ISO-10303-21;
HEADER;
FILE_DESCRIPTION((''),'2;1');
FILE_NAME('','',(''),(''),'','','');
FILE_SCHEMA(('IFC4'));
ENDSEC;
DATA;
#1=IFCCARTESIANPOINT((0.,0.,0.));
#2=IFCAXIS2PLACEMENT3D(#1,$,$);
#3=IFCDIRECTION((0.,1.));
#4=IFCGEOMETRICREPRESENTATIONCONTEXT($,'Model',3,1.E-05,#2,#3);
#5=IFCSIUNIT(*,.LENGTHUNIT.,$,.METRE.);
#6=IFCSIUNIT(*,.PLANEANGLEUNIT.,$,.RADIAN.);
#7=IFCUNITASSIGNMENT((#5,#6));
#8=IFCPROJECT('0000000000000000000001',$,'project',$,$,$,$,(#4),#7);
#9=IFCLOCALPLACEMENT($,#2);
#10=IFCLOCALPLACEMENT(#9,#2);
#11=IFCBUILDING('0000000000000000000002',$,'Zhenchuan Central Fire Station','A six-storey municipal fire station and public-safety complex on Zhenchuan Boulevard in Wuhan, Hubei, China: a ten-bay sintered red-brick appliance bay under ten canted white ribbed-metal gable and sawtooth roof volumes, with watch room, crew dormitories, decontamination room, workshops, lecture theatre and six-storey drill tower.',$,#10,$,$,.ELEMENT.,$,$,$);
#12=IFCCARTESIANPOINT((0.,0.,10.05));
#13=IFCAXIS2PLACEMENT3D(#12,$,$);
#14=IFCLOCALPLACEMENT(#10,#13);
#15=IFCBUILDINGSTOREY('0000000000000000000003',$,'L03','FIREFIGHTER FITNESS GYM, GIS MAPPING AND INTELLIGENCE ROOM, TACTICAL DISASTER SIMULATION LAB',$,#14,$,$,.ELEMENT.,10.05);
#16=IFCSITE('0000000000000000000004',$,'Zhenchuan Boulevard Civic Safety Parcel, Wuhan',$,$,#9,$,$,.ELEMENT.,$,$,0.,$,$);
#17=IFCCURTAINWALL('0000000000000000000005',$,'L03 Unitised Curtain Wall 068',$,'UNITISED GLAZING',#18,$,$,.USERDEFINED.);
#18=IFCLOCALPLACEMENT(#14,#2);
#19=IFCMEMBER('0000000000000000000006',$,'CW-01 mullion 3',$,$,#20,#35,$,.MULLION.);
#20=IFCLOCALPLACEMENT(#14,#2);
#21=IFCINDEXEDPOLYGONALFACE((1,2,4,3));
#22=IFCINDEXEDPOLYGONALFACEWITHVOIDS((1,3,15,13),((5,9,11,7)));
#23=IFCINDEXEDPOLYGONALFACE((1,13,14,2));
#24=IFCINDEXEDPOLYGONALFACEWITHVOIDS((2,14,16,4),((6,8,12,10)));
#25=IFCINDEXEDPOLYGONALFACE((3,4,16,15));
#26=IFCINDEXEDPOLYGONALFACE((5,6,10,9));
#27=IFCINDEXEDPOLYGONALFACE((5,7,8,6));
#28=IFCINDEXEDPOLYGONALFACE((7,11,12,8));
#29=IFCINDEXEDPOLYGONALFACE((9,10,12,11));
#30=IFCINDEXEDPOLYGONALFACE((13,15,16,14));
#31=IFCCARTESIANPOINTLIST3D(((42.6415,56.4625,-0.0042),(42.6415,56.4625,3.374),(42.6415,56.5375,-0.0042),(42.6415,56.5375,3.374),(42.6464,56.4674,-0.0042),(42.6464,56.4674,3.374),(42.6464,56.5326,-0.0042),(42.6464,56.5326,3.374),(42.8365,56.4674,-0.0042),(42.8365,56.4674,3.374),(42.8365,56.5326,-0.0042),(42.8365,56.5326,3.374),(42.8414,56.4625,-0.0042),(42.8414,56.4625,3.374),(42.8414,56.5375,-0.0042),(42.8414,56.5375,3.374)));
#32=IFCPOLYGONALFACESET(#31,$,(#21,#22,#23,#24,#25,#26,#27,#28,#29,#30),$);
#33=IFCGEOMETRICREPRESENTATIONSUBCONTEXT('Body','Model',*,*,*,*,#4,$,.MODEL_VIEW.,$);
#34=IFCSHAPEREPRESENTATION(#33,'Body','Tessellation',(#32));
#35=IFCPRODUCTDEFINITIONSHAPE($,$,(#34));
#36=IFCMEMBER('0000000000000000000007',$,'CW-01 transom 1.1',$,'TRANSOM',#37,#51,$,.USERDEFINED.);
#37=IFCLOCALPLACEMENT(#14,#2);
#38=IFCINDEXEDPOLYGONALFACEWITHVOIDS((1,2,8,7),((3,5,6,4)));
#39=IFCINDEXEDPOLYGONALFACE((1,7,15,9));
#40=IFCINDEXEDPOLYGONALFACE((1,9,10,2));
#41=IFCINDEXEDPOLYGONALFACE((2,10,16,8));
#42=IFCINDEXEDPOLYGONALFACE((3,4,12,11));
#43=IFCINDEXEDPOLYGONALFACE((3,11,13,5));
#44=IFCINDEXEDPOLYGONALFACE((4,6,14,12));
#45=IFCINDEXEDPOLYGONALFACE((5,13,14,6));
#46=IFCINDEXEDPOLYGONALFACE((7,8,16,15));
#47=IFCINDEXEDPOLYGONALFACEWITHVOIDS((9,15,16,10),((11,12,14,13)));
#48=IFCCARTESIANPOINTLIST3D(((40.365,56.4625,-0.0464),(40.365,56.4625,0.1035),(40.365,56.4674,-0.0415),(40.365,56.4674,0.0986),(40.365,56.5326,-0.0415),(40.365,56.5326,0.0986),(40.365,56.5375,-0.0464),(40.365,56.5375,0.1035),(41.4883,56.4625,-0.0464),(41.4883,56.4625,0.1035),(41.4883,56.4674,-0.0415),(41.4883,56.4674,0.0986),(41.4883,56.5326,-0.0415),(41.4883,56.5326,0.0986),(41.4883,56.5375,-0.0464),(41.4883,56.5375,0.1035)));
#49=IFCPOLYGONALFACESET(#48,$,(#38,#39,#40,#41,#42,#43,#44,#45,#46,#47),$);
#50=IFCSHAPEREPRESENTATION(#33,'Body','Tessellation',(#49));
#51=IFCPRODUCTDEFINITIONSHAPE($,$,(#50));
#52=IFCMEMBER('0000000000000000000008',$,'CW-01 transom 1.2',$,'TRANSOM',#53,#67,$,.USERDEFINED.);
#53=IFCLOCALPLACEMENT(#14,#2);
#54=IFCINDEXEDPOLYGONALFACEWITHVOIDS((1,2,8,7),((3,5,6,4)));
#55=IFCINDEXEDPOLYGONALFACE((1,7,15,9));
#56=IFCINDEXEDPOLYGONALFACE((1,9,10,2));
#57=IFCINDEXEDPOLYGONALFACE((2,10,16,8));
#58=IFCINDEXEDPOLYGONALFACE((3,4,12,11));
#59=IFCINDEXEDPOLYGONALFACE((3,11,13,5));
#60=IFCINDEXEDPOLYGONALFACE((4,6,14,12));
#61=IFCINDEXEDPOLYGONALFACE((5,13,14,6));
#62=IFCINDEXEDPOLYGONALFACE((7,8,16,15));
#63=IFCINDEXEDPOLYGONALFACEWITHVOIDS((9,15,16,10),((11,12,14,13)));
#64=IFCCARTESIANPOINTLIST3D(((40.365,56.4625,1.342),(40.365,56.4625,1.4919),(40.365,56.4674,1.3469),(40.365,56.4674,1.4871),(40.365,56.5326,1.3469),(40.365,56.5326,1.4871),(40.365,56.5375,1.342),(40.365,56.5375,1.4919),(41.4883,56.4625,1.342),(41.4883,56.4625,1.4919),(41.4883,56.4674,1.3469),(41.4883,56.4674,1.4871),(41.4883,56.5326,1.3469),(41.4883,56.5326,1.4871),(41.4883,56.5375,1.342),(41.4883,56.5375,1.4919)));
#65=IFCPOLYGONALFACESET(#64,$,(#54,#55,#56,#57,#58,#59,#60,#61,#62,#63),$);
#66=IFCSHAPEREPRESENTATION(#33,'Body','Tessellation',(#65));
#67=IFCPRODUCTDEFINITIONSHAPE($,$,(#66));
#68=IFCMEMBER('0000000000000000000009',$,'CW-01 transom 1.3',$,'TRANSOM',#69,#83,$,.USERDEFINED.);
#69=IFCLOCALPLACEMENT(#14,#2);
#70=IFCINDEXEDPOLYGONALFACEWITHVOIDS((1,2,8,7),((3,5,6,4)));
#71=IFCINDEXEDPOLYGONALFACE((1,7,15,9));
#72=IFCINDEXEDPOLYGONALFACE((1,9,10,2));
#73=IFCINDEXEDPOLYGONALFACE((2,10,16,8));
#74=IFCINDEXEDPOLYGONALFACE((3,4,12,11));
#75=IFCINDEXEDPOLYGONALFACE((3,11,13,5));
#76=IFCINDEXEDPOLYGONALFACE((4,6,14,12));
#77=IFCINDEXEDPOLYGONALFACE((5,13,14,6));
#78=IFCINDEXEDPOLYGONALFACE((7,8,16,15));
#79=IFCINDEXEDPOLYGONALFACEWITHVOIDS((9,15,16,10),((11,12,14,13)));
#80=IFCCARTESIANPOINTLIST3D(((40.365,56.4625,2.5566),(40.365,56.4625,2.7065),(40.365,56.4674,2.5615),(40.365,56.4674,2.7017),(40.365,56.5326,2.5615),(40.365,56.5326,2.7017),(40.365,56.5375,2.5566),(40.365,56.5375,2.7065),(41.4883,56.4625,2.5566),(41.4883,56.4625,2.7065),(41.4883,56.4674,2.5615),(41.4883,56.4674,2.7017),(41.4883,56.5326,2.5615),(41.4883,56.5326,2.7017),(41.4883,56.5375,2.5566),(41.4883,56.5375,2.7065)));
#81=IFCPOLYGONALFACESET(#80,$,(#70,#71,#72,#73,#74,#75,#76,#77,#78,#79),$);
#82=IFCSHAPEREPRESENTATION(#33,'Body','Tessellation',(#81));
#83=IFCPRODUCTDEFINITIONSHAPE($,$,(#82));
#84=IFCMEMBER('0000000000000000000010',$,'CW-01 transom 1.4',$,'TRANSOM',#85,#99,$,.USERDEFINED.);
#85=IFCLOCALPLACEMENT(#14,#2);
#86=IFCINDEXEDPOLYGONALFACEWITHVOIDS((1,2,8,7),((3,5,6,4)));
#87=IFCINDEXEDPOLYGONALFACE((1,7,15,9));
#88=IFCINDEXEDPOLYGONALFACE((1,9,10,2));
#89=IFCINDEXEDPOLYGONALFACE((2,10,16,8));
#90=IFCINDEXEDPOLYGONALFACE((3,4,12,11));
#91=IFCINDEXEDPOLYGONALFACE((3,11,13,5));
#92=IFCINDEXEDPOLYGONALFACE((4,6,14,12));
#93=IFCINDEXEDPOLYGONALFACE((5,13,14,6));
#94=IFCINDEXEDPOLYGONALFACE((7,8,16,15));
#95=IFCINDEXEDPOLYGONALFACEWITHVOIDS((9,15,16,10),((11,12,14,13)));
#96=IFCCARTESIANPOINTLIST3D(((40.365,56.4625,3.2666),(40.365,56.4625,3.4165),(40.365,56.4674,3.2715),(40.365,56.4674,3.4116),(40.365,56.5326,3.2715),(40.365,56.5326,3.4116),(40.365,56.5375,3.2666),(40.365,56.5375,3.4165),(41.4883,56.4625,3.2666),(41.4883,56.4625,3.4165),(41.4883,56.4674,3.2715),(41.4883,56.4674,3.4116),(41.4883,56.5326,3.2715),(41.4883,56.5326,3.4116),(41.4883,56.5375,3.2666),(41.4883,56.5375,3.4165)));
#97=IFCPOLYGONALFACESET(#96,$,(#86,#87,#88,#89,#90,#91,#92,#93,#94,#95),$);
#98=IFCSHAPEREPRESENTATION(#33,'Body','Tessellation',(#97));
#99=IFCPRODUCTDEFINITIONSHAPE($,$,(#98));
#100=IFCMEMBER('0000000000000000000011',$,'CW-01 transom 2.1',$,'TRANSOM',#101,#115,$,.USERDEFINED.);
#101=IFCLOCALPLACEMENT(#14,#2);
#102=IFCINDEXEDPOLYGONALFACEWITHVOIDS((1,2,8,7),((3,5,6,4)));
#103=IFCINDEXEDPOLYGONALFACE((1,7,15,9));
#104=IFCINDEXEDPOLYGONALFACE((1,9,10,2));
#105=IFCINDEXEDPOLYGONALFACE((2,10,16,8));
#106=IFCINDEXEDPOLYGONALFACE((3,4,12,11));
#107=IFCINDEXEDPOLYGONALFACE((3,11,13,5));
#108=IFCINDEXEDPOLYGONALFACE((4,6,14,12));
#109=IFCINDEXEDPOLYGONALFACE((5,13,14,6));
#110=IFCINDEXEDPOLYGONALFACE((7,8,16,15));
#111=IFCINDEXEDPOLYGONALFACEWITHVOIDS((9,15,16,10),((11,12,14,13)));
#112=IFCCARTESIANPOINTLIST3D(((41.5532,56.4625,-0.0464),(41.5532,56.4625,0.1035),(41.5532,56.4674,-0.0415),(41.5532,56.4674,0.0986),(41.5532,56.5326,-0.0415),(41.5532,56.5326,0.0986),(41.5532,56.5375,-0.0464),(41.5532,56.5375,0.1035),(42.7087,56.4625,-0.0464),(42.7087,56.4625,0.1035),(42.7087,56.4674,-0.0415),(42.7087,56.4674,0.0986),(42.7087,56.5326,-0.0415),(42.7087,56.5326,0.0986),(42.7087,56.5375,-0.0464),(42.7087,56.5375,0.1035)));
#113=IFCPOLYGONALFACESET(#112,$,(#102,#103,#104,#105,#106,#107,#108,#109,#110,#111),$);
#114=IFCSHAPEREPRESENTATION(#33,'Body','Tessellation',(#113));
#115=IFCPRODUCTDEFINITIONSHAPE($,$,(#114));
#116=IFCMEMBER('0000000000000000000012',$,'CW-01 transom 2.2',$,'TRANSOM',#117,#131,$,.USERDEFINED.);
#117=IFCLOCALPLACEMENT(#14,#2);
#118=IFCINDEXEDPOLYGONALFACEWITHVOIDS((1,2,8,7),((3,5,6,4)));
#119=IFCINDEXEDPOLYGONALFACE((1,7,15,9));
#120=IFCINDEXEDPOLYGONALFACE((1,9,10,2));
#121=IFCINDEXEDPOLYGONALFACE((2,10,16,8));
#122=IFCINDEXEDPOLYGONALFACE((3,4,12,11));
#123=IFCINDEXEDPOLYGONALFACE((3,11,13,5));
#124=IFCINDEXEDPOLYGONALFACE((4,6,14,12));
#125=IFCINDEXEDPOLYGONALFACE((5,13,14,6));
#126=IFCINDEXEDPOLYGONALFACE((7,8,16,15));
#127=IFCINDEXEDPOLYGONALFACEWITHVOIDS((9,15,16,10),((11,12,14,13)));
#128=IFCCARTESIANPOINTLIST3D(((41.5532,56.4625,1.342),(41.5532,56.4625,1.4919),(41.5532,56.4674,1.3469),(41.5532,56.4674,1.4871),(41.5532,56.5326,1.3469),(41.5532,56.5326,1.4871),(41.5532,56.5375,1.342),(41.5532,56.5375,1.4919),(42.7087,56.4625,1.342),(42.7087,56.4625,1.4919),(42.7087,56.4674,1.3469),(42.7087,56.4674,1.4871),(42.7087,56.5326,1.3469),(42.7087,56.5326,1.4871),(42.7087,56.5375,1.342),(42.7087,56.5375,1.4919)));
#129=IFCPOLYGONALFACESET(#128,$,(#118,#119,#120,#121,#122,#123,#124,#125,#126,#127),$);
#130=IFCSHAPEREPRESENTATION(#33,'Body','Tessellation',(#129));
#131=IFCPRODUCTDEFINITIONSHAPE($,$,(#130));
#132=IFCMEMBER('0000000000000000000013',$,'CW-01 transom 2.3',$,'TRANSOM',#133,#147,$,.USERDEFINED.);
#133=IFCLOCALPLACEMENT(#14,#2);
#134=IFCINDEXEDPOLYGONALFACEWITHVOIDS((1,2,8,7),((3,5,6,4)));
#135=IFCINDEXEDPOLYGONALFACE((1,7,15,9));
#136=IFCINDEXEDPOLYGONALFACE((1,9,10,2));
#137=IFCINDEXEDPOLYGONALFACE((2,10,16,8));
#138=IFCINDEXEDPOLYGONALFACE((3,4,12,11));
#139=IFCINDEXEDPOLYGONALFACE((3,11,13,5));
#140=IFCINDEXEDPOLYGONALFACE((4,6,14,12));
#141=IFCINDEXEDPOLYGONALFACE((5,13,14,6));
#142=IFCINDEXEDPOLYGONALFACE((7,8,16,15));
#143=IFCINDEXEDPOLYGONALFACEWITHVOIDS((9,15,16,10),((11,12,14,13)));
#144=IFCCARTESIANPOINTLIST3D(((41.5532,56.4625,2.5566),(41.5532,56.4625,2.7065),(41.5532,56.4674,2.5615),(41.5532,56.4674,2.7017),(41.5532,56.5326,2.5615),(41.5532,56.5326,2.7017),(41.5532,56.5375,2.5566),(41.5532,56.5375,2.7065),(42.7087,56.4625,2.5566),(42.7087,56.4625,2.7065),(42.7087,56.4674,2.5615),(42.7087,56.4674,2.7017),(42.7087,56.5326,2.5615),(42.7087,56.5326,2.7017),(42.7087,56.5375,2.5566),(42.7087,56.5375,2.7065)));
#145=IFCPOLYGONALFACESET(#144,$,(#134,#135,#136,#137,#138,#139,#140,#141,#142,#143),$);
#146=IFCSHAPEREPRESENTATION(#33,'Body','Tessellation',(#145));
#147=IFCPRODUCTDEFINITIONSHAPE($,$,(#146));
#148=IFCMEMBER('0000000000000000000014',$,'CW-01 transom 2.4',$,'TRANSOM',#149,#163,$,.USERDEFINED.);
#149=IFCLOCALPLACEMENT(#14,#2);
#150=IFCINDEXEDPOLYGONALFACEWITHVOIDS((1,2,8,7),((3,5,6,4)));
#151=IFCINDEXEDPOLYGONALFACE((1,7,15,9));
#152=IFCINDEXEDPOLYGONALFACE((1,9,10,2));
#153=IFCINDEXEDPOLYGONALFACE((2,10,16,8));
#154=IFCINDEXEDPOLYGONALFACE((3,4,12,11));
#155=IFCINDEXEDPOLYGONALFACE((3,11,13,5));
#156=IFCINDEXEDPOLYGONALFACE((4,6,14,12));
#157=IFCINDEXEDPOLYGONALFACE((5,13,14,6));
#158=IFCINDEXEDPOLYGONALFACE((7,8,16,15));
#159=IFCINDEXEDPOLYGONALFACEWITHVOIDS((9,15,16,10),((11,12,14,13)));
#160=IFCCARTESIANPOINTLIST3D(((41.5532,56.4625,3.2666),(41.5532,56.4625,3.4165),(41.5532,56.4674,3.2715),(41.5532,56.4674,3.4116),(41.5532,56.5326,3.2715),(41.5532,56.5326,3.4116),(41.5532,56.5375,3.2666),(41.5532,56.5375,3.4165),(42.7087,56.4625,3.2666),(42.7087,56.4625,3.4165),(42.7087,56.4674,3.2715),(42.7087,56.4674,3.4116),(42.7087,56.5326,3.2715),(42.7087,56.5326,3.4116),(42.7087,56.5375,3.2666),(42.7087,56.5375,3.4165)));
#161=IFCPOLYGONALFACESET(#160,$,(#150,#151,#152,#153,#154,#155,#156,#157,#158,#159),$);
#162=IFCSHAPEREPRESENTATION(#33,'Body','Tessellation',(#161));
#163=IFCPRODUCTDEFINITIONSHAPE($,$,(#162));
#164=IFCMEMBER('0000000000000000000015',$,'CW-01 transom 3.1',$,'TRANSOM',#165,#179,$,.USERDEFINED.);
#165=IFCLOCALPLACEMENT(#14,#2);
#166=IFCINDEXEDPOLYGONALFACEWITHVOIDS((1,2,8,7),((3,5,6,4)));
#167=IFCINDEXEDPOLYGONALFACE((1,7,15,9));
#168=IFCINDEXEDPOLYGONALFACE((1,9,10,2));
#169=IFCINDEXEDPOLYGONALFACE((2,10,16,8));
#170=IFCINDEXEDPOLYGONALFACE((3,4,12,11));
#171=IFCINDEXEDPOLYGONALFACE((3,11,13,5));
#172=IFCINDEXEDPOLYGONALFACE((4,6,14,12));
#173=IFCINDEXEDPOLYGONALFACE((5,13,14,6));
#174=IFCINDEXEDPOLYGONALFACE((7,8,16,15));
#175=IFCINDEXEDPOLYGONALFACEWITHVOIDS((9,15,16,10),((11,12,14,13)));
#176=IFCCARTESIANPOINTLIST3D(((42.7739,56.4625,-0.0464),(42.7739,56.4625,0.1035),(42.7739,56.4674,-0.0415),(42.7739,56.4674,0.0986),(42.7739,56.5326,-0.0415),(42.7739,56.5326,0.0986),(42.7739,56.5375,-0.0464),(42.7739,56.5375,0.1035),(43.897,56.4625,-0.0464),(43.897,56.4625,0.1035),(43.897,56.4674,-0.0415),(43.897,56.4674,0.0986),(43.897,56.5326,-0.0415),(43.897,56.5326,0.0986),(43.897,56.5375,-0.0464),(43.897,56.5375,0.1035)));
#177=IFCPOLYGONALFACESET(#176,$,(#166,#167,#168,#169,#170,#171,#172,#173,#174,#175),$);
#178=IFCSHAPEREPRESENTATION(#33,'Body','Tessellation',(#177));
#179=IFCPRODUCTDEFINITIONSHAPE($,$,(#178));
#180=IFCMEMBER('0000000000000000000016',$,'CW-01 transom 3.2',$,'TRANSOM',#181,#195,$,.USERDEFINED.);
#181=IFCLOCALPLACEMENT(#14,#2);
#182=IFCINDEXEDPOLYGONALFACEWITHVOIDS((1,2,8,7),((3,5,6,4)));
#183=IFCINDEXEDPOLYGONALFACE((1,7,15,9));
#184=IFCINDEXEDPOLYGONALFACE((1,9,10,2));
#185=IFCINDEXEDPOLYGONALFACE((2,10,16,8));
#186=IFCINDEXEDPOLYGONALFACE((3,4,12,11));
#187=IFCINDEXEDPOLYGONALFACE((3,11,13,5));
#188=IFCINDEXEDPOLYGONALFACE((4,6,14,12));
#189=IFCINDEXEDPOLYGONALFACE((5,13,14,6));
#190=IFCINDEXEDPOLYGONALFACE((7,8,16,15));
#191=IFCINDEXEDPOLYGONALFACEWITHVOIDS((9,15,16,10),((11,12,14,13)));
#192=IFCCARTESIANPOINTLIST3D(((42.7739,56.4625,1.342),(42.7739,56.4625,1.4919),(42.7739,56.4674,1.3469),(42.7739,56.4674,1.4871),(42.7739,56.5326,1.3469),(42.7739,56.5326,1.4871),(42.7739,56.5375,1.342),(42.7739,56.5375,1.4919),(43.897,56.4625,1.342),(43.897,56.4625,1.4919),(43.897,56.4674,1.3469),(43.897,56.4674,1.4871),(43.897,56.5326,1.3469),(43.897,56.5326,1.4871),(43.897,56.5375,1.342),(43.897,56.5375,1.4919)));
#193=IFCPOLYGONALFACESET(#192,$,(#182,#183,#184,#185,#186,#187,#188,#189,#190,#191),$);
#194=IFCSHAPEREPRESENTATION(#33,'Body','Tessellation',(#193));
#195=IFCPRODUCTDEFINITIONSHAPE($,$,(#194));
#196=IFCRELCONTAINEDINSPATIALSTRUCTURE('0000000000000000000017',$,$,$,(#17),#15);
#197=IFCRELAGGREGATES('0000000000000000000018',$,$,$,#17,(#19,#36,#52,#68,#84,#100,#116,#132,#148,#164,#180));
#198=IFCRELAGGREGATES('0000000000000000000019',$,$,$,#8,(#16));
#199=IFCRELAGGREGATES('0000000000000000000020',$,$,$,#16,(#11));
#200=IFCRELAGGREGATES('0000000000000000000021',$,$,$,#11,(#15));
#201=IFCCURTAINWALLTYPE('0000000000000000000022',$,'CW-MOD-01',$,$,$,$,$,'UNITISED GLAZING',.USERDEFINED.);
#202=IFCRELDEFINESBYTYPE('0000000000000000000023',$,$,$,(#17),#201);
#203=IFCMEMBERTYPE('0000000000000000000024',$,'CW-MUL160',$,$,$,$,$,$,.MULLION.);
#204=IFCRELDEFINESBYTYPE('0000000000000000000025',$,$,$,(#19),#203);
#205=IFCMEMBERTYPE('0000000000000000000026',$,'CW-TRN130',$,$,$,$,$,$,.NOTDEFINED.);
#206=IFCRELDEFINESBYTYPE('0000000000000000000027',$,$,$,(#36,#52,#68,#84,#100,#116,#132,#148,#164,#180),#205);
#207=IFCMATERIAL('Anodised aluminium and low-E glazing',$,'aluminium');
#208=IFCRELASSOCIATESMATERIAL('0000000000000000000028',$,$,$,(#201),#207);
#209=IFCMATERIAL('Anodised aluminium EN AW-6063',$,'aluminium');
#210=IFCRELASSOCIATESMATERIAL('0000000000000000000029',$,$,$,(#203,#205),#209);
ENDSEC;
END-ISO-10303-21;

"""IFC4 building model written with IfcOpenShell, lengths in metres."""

from ifc_helpers import new_model, si_unit, direction, frame, origin, origin_2d, place, context, subcontext, project, spatial, hollow_rectangle, extrude, material, material_profile, profile_set, type_object, element, aggregate, save


model = new_model("IFC4")

# Units and contexts
model_context = context("Model", 3, precision=1e-05, world=origin(), true_north=direction((0.0, 1.0)))
body_context = subcontext(model_context, "Body", "Model", "MODEL_VIEW")
ifc_project = project(units=[si_unit("LENGTHUNIT", "METRE"), si_unit("PLANEANGLEUNIT", "RADIAN")], contexts=[model_context])

# Site, building, storey
site_placement = place(None, origin())
site = spatial("IfcSite", under=ifc_project, at=site_placement, Name="Zhenchuan Boulevard Civic Safety Parcel, Wuhan", CompositionType="ELEMENT", RefElevation=0.0)
building_placement = place(site_placement, origin())
building = spatial("IfcBuilding", under=site, at=building_placement, Name="Zhenchuan Central Fire Station", Description="A six-storey municipal fire station and public-safety complex on Zhenchuan Boulevard in Wuhan, Hubei, China: a ten-bay sintered red-brick appliance bay under ten canted white ribbed-metal gable and sawtooth roof volumes, with watch room, crew dormitories, decontamination room, workshops, lecture theatre and six-storey drill tower.", CompositionType="ELEMENT")
storey_placement = place(building_placement, frame((0.0, 0.0, 10.05)))
storey = spatial("IfcBuildingStorey", under=building, at=storey_placement, Name="L03", Description="FIREFIGHTER FITNESS GYM, GIS MAPPING AND INTELLIGENCE ROOM, TACTICAL DISASTER SIMULATION LAB", CompositionType="ELEMENT", Elevation=10.05)

# Curtain wall, members
ifc_material_1 = material(Name="Anodised aluminium and low-E glazing", Category="aluminium")
curtain_wall_type = type_object("IfcCurtainWallType", Name="CW-MOD-01", ElementType="UNITISED GLAZING", PredefinedType="USERDEFINED", material=ifc_material_1)
curtain_wall_placement = place(storey_placement, origin())
curtain_wall = element("IfcCurtainWall", 1, at=curtain_wall_placement, inside=storey, type_object=curtain_wall_type, Name="L03 Unitised Curtain Wall 068", ObjectType="UNITISED GLAZING", PredefinedType="USERDEFINED")
ifc_material_2 = material(Name="Anodised aluminium EN AW-6063", Category="aluminium")
ifc_material_profile_1 = material_profile(ifc_material_2, hollow_rectangle(XDim=0.075, YDim=0.2, WallThickness=0.0049, at=origin_2d()), Name="ALU-M 200x75")
ifc_profile_set_1 = profile_set([ifc_material_profile_1], Name="Anodised aluminium EN AW-6063")
member_type_1 = type_object("IfcMemberType", Name="CW-MUL160", PredefinedType="MULLION", material=ifc_profile_set_1)
member_1_placement = place(storey_placement, frame((42.7415, 56.5, -0.0042), z_axis=(0.0, 0.0, 1.0), x_axis=(0.0, 1.0, 0.0)))
member_1 = element("IfcMember", 2, at=member_1_placement, type_object=member_type_1, Name="CW-01 mullion 3", PredefinedType="MULLION", context=body_context, shape_type="SweptSolid", body=[
    extrude(hollow_rectangle(XDim=0.075, YDim=0.2, WallThickness=0.0049, at=origin_2d()), origin(), (0.0, 0.0, 1.0), 3.3782),
])
ifc_material_profile_2 = material_profile(ifc_material_2, hollow_rectangle(XDim=0.075, YDim=0.1499, WallThickness=0.0049, at=origin_2d()), Name="ALU-T 150x75")
ifc_profile_set_2 = profile_set([ifc_material_profile_2], Name="Anodised aluminium EN AW-6063")
member_type_2 = type_object("IfcMemberType", Name="CW-TRN130", PredefinedType="NOTDEFINED", material=ifc_profile_set_2)
member_2_placement = place(storey_placement, frame((40.365, 56.5, 0.0286), z_axis=(1.0, 0.0, 0.0), x_axis=(0.0, 1.0, 0.0)))
member_2 = element("IfcMember", 3, at=member_2_placement, type_object=member_type_2, Name="CW-01 transom 1.1", ObjectType="TRANSOM", PredefinedType="USERDEFINED", context=body_context, shape_type="SweptSolid", body=[
    extrude(hollow_rectangle(XDim=0.075, YDim=0.1499, WallThickness=0.0049, at=origin_2d()), origin(), (0.0, 0.0, 1.0), 1.1233),
])
member_3_placement = place(storey_placement, frame((40.365, 56.5, 1.417), z_axis=(1.0, 0.0, 0.0), x_axis=(0.0, 1.0, 0.0)))
member_3 = element("IfcMember", 4, at=member_3_placement, type_object=member_type_2, Name="CW-01 transom 1.2", ObjectType="TRANSOM", PredefinedType="USERDEFINED", context=body_context, shape_type="SweptSolid", body=[
    extrude(hollow_rectangle(XDim=0.075, YDim=0.1499, WallThickness=0.0049, at=origin_2d()), origin(), (0.0, 0.0, 1.0), 1.1233),
])
member_4_placement = place(storey_placement, frame((40.365, 56.5, 2.6316), z_axis=(1.0, 0.0, 0.0), x_axis=(0.0, 1.0, 0.0)))
member_4 = element("IfcMember", 5, at=member_4_placement, type_object=member_type_2, Name="CW-01 transom 1.3", ObjectType="TRANSOM", PredefinedType="USERDEFINED", context=body_context, shape_type="SweptSolid", body=[
    extrude(hollow_rectangle(XDim=0.075, YDim=0.1499, WallThickness=0.0049, at=origin_2d()), origin(), (0.0, 0.0, 1.0), 1.1233),
])
member_5_placement = place(storey_placement, frame((40.365, 56.5, 3.3416), z_axis=(1.0, 0.0, 0.0), x_axis=(0.0, 1.0, 0.0)))
member_5 = element("IfcMember", 6, at=member_5_placement, type_object=member_type_2, Name="CW-01 transom 1.4", ObjectType="TRANSOM", PredefinedType="USERDEFINED", context=body_context, shape_type="SweptSolid", body=[
    extrude(hollow_rectangle(XDim=0.075, YDim=0.1499, WallThickness=0.0049, at=origin_2d()), origin(), (0.0, 0.0, 1.0), 1.1233),
])
member_6_placement = place(storey_placement, frame((41.5532, 56.5, 0.0286), z_axis=(1.0, 0.0, 0.0), x_axis=(0.0, 1.0, 0.0)))
member_6 = element("IfcMember", 7, at=member_6_placement, type_object=member_type_2, Name="CW-01 transom 2.1", ObjectType="TRANSOM", PredefinedType="USERDEFINED", context=body_context, shape_type="SweptSolid", body=[
    extrude(hollow_rectangle(XDim=0.075, YDim=0.1499, WallThickness=0.0049, at=origin_2d()), origin(), (0.0, 0.0, 1.0), 1.1555),
])
member_7_placement = place(storey_placement, frame((41.5532, 56.5, 1.417), z_axis=(1.0, 0.0, 0.0), x_axis=(0.0, 1.0, 0.0)))
member_7 = element("IfcMember", 8, at=member_7_placement, type_object=member_type_2, Name="CW-01 transom 2.2", ObjectType="TRANSOM", PredefinedType="USERDEFINED", context=body_context, shape_type="SweptSolid", body=[
    extrude(hollow_rectangle(XDim=0.075, YDim=0.1499, WallThickness=0.0049, at=origin_2d()), origin(), (0.0, 0.0, 1.0), 1.1555),
])
member_8_placement = place(storey_placement, frame((41.5532, 56.5, 2.6316), z_axis=(1.0, 0.0, 0.0), x_axis=(0.0, 1.0, 0.0)))
member_8 = element("IfcMember", 9, at=member_8_placement, type_object=member_type_2, Name="CW-01 transom 2.3", ObjectType="TRANSOM", PredefinedType="USERDEFINED", context=body_context, shape_type="SweptSolid", body=[
    extrude(hollow_rectangle(XDim=0.075, YDim=0.1499, WallThickness=0.0049, at=origin_2d()), origin(), (0.0, 0.0, 1.0), 1.1555),
])
member_9_placement = place(storey_placement, frame((41.5532, 56.5, 3.3416), z_axis=(1.0, 0.0, 0.0), x_axis=(0.0, 1.0, 0.0)))
member_9 = element("IfcMember", 10, at=member_9_placement, type_object=member_type_2, Name="CW-01 transom 2.4", ObjectType="TRANSOM", PredefinedType="USERDEFINED", context=body_context, shape_type="SweptSolid", body=[
    extrude(hollow_rectangle(XDim=0.075, YDim=0.1499, WallThickness=0.0049, at=origin_2d()), origin(), (0.0, 0.0, 1.0), 1.1555),
])
member_10_placement = place(storey_placement, frame((42.7739, 56.5, 0.0286), z_axis=(1.0, 0.0, 0.0), x_axis=(0.0, 1.0, 0.0)))
member_10 = element("IfcMember", 11, at=member_10_placement, type_object=member_type_2, Name="CW-01 transom 3.1", ObjectType="TRANSOM", PredefinedType="USERDEFINED", context=body_context, shape_type="SweptSolid", body=[
    extrude(hollow_rectangle(XDim=0.075, YDim=0.1499, WallThickness=0.0049, at=origin_2d()), origin(), (0.0, 0.0, 1.0), 1.123),
])
member_11_placement = place(storey_placement, frame((42.7739, 56.5, 1.417), z_axis=(1.0, 0.0, 0.0), x_axis=(0.0, 1.0, 0.0)))
member_11 = element("IfcMember", 12, at=member_11_placement, type_object=member_type_2, Name="CW-01 transom 3.2", ObjectType="TRANSOM", PredefinedType="USERDEFINED", context=body_context, shape_type="SweptSolid", body=[
    extrude(hollow_rectangle(XDim=0.075, YDim=0.1499, WallThickness=0.0049, at=origin_2d()), origin(), (0.0, 0.0, 1.0), 1.123),
])

aggregate(curtain_wall, [member_1, member_2, member_3, member_4, member_5, member_6, member_7, member_8, member_9, member_10, member_11])

save(model, "model.ifc")
